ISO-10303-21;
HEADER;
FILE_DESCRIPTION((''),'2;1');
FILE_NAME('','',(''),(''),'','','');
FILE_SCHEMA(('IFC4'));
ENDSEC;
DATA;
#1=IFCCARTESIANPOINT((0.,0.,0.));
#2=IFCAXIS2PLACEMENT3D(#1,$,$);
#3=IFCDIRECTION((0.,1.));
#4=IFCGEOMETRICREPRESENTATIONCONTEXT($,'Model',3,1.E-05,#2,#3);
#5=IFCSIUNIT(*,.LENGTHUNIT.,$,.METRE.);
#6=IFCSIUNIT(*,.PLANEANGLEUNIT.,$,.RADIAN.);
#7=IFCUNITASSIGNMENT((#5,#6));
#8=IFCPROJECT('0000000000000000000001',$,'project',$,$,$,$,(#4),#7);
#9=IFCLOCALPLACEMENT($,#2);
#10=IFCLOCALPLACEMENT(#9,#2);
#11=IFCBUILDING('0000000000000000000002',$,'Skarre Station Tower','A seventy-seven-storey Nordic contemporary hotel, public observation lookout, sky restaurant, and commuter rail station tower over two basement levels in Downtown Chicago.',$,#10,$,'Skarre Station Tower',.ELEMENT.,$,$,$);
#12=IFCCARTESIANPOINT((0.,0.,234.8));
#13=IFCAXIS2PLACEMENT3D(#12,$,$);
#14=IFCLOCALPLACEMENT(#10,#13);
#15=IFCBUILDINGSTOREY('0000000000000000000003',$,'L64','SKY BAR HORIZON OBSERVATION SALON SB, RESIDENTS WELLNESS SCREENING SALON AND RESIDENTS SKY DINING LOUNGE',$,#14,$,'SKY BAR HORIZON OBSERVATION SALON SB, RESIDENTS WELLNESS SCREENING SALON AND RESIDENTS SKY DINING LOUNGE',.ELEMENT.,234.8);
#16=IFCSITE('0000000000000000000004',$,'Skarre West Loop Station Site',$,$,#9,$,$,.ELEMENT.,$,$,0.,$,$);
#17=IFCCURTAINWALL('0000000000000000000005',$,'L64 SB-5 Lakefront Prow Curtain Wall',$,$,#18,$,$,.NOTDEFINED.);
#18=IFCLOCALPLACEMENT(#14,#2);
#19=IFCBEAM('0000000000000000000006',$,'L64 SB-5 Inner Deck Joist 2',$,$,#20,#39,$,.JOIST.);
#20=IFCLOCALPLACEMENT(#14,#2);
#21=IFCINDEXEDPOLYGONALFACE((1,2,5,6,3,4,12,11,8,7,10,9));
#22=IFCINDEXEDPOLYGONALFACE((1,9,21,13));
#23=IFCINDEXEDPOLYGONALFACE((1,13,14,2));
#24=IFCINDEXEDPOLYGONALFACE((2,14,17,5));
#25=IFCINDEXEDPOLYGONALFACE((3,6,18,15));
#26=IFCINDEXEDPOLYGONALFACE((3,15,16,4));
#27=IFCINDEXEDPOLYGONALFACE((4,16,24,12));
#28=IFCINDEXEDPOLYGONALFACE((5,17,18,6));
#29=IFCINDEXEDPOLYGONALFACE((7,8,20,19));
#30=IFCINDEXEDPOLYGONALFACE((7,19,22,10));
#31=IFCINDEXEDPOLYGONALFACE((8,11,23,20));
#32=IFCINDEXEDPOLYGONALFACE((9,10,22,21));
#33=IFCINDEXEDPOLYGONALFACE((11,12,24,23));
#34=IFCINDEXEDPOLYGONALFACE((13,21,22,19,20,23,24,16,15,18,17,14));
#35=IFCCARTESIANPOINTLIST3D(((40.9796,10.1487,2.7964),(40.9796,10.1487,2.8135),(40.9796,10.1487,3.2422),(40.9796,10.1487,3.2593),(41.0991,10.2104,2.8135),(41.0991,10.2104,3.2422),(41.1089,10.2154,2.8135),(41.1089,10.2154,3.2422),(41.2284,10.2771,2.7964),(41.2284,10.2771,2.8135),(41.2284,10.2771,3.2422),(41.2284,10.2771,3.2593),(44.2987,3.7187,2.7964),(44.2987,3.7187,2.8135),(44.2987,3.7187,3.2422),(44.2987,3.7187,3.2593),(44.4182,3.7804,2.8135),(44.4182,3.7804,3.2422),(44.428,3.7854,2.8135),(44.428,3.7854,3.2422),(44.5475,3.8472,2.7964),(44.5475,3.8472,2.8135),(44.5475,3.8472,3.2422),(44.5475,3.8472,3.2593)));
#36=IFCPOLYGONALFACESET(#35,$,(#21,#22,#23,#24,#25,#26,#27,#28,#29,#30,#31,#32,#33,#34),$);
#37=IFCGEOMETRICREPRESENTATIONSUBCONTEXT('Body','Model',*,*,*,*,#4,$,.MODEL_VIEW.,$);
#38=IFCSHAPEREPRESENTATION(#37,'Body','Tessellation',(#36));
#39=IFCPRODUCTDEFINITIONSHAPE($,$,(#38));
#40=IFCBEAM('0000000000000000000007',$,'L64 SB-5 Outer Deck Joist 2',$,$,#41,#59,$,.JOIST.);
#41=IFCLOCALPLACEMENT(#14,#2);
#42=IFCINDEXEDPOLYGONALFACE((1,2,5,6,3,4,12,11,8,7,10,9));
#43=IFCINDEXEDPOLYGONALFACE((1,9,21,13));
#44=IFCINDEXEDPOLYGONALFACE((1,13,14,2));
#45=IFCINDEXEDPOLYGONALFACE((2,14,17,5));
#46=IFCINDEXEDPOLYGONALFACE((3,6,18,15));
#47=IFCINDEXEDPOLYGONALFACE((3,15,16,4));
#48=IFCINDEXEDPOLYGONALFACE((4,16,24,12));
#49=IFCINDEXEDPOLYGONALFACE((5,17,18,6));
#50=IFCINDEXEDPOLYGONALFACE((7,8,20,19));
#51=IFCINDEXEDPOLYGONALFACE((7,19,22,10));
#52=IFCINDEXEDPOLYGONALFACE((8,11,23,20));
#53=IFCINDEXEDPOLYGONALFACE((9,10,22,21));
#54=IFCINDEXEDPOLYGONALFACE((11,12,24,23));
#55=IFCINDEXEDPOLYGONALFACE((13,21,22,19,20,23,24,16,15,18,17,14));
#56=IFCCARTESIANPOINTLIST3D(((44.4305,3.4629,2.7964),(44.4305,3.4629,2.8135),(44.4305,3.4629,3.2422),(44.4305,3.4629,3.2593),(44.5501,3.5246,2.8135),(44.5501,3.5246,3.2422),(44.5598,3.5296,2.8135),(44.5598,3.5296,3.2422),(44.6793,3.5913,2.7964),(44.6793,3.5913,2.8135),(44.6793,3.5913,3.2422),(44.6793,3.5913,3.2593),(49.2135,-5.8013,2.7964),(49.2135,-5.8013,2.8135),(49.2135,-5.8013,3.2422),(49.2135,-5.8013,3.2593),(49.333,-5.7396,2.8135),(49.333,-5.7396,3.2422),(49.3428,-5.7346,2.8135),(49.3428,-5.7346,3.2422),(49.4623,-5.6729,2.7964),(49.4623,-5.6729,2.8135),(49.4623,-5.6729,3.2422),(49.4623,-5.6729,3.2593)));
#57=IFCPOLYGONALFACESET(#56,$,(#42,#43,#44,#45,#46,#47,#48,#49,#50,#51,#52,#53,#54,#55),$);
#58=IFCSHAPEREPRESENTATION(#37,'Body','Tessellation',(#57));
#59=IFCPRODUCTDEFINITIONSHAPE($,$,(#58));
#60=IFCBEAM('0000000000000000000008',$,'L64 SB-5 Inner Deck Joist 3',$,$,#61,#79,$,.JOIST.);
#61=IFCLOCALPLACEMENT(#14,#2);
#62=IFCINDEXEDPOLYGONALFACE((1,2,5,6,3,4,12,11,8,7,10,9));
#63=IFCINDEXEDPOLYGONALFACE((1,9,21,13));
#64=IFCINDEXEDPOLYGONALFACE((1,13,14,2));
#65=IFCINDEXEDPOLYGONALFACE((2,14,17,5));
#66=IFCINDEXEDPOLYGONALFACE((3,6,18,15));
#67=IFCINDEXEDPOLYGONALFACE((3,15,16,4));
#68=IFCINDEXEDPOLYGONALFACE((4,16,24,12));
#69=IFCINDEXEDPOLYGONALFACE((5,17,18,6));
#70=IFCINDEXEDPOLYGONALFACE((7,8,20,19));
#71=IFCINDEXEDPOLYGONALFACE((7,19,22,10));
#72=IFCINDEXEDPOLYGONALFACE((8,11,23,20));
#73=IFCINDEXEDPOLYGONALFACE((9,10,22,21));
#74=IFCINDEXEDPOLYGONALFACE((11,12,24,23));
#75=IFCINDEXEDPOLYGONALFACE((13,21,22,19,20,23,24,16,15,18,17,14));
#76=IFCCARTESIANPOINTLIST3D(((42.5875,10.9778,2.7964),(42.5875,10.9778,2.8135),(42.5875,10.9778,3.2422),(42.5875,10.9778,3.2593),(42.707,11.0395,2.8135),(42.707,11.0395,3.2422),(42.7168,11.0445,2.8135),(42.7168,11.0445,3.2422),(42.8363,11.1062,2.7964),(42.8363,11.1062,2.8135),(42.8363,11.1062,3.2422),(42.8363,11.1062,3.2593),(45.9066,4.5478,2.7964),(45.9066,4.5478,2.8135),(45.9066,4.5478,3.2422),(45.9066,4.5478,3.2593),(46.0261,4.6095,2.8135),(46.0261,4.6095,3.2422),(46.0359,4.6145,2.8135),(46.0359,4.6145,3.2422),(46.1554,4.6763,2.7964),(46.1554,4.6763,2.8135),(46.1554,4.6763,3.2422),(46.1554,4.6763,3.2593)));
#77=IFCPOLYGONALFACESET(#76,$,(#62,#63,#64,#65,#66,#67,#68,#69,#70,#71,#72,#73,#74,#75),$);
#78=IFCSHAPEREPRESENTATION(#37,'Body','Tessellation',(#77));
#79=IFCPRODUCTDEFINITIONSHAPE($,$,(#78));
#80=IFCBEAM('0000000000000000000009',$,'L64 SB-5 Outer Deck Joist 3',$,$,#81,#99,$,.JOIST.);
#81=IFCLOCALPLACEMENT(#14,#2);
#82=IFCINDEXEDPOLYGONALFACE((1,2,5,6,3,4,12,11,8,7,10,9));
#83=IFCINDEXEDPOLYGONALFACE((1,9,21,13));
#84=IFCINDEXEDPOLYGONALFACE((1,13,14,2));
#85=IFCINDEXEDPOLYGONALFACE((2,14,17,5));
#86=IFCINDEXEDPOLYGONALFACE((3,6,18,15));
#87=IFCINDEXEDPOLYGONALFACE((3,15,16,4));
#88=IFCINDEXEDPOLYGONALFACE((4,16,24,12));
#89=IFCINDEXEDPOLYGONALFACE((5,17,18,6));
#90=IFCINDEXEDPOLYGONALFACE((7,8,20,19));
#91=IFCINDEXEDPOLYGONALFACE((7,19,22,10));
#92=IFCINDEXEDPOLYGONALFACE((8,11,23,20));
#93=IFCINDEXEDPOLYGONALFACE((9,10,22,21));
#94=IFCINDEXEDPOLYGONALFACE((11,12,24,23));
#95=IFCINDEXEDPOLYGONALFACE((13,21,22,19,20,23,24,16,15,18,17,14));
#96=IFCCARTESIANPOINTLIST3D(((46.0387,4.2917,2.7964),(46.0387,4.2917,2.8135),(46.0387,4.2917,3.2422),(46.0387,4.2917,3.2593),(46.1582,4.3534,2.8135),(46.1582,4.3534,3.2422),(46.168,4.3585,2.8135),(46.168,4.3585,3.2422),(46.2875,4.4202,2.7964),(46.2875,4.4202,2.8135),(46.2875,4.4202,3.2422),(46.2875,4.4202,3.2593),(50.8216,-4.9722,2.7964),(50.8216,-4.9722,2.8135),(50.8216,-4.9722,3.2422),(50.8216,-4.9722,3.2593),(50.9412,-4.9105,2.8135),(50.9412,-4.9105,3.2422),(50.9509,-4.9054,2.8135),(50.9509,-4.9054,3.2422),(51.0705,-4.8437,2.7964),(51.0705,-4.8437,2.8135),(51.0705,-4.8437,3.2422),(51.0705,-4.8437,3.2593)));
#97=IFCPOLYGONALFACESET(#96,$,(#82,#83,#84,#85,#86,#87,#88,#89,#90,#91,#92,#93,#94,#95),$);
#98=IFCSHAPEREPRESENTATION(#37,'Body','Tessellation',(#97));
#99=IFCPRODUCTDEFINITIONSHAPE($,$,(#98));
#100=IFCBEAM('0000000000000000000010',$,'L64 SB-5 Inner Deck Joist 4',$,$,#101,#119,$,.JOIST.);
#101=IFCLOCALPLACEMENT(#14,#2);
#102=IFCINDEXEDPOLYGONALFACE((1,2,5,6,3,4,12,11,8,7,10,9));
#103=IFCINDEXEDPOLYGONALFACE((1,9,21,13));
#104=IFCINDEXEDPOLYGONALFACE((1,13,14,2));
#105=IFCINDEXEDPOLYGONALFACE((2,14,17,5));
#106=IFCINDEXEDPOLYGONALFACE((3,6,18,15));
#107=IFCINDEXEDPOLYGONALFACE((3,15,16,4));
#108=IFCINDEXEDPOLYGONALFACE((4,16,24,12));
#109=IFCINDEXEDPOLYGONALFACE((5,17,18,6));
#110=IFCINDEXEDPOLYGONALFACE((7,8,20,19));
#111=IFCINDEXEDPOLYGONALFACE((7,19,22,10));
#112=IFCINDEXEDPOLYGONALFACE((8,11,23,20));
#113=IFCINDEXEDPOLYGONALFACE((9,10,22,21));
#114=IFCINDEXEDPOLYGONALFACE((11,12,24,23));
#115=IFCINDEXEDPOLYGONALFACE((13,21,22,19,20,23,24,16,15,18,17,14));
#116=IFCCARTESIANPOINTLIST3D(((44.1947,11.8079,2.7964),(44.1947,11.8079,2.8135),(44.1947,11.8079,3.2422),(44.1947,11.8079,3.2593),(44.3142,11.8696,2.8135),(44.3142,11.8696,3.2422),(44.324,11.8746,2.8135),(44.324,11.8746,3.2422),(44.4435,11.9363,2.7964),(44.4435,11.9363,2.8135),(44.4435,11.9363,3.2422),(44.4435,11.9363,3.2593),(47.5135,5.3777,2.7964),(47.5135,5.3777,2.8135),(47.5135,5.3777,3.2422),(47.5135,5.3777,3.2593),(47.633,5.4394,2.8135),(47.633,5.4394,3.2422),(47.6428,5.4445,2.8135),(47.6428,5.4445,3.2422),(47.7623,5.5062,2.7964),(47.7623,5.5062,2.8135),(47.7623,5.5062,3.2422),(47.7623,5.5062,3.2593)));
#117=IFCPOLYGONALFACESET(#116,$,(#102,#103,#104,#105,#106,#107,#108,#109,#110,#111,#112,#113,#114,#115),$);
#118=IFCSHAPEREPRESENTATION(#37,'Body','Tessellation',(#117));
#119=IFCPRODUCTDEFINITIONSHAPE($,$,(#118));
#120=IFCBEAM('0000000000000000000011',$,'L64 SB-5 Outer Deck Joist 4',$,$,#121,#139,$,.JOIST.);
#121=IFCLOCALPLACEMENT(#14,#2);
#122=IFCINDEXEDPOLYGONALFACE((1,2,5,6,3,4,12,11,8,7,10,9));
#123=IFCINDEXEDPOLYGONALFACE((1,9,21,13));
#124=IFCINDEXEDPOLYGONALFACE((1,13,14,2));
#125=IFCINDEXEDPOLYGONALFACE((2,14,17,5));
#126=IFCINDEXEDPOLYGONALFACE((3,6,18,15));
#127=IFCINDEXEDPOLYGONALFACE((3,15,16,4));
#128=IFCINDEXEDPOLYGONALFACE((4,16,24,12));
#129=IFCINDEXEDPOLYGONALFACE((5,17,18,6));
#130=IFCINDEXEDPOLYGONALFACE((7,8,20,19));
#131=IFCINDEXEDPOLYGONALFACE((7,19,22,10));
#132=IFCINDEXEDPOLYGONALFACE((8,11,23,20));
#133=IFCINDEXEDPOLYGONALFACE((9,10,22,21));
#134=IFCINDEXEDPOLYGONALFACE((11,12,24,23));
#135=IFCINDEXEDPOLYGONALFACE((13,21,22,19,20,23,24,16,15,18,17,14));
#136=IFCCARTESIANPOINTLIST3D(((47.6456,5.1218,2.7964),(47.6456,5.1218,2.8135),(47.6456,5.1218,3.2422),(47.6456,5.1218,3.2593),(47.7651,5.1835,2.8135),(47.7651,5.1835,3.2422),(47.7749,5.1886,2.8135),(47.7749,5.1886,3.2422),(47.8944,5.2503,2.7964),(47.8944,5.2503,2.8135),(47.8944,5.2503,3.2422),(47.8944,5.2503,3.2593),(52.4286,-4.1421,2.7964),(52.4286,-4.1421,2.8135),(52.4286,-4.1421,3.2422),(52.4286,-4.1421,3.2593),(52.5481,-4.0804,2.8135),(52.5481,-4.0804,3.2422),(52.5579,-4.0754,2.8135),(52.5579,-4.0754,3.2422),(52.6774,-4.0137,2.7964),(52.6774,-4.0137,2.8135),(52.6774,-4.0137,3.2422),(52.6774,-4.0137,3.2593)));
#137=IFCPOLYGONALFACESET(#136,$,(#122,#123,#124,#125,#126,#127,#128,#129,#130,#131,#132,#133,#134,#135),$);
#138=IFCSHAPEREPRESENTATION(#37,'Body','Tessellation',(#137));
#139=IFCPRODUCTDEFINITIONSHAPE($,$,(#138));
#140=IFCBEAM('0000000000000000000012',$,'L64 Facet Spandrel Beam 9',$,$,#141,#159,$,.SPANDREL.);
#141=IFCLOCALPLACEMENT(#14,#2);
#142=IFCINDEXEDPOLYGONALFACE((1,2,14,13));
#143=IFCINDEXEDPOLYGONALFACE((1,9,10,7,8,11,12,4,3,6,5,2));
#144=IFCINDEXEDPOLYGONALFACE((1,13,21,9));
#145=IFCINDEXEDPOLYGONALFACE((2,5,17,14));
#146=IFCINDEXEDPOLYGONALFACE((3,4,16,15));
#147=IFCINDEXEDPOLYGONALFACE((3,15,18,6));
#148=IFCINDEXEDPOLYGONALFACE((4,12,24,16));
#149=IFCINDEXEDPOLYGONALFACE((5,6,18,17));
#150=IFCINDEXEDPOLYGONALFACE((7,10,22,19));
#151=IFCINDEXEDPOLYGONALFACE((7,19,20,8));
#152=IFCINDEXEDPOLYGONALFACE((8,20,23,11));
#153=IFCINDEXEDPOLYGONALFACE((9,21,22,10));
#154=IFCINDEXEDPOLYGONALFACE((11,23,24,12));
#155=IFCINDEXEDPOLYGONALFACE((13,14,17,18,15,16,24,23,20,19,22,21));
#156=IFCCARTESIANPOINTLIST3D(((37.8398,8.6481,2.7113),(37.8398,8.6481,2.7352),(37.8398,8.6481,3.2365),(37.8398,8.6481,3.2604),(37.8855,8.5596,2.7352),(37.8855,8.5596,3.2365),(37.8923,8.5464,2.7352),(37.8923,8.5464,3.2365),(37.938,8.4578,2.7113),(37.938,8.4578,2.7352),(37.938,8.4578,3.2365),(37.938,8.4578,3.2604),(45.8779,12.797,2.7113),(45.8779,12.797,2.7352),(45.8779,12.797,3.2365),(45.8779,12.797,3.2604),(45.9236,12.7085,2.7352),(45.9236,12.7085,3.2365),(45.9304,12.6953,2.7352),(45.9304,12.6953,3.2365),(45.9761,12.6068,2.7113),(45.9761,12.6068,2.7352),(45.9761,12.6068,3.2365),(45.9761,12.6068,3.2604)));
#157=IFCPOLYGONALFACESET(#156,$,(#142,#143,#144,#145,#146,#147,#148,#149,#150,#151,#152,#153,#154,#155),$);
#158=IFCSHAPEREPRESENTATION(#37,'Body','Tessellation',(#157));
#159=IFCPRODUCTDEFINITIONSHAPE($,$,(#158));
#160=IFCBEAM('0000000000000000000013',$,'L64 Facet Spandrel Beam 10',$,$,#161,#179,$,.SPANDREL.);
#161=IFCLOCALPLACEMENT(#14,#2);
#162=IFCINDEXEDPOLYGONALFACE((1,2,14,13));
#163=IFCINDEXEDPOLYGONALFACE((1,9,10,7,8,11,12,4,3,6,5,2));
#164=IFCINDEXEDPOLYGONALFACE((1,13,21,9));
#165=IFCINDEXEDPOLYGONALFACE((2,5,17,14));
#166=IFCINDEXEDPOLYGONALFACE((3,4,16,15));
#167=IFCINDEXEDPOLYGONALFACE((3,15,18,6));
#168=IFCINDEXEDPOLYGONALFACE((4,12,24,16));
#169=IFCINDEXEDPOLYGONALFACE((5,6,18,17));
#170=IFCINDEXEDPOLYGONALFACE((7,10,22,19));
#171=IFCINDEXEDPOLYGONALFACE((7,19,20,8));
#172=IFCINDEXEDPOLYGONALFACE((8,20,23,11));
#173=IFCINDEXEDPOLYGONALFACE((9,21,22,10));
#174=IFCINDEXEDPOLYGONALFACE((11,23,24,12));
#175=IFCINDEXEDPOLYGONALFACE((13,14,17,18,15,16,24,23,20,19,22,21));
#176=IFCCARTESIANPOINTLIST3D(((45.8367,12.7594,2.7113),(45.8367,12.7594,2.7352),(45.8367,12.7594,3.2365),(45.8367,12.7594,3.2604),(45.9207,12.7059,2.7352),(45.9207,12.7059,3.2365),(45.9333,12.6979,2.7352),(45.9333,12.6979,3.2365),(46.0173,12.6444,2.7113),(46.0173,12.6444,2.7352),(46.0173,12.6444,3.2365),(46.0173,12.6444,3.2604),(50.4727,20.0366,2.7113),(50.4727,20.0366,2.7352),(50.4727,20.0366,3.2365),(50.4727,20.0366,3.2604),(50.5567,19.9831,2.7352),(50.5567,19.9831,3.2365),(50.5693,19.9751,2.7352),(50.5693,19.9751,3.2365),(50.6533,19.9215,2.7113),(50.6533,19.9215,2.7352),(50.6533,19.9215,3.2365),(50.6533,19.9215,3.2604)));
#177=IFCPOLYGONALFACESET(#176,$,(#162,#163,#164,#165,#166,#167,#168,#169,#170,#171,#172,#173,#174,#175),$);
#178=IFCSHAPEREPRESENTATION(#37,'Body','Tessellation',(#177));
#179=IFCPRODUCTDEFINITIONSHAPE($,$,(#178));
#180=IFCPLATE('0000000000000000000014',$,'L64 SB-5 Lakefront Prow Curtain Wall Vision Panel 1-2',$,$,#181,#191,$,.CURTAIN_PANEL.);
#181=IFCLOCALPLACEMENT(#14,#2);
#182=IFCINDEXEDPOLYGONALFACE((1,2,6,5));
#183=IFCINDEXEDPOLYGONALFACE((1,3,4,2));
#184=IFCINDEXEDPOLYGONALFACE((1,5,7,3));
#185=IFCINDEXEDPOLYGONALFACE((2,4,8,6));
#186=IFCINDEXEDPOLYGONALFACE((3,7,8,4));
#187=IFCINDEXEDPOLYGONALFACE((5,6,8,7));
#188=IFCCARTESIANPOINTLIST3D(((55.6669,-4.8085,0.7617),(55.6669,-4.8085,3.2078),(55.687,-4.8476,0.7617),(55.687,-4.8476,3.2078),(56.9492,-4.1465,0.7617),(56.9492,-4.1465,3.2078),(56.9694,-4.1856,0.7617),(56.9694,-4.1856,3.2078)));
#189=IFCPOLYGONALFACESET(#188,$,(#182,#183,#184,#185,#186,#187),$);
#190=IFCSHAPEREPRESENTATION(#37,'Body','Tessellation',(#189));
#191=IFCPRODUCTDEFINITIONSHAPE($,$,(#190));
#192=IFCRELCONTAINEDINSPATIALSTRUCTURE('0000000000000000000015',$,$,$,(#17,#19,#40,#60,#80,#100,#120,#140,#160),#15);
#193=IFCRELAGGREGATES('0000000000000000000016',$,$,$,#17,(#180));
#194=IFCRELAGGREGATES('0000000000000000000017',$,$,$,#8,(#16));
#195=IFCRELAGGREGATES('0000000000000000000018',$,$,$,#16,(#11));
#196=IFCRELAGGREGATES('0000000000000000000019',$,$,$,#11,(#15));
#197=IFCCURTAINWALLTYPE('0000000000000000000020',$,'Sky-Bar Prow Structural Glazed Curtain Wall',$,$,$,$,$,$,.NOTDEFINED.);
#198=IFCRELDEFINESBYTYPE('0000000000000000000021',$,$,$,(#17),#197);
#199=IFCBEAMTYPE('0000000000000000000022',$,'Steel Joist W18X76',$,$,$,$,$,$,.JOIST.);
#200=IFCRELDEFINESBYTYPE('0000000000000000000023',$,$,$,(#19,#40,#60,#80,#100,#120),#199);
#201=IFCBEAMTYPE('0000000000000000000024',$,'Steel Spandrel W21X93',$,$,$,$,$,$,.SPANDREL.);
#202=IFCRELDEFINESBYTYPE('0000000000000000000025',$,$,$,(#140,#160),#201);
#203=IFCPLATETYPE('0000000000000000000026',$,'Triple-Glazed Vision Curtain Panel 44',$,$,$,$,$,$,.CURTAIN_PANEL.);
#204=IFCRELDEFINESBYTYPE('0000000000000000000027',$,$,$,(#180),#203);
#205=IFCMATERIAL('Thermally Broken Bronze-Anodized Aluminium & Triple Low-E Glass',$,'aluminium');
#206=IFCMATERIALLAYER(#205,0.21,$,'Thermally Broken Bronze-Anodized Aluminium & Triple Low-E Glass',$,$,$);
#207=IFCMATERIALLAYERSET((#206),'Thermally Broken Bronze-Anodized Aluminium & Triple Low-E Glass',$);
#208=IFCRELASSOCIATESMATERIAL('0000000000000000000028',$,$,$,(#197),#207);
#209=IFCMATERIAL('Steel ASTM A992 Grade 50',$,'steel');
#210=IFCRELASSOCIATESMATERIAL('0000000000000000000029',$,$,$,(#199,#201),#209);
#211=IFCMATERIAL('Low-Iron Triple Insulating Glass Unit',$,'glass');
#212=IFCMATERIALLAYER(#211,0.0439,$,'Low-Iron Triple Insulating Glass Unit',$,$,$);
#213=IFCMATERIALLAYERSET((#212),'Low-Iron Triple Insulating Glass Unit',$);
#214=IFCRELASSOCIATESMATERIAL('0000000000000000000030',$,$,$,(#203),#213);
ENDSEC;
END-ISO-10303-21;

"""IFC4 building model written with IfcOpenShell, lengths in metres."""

from ifc_helpers import new_model, si_unit, direction, frame, origin, origin_2d, place, context, subcontext, project, spatial, rectangle, i_section, extrude, material, layer, layer_set, material_profile, profile_set, type_object, element, aggregate, save


model = new_model("IFC4")

# Units and contexts
model_context = context("Model", 3, precision=1e-05, world=origin(), true_north=direction((0.0, 1.0)))
body_context = subcontext(model_context, "Body", "Model", "MODEL_VIEW")
ifc_project = project(units=[si_unit("LENGTHUNIT", "METRE"), si_unit("PLANEANGLEUNIT", "RADIAN")], contexts=[model_context])

# Site, building, storey
site_placement = place(None, origin())
site = spatial("IfcSite", under=ifc_project, at=site_placement, Name="Skarre West Loop Station Site", CompositionType="ELEMENT", RefElevation=0.0)
building_placement = place(site_placement, origin())
building = spatial("IfcBuilding", under=site, at=building_placement, Name="Skarre Station Tower", Description="A seventy-seven-storey Nordic contemporary hotel, public observation lookout, sky restaurant, and commuter rail station tower over two basement levels in Downtown Chicago.", LongName="Skarre Station Tower", CompositionType="ELEMENT")
storey_placement = place(building_placement, frame((0.0, 0.0, 234.8)))
storey = spatial("IfcBuildingStorey", under=building, at=storey_placement, Name="L64", Description="SKY BAR HORIZON OBSERVATION SALON SB, RESIDENTS WELLNESS SCREENING SALON AND RESIDENTS SKY DINING LOUNGE", LongName="SKY BAR HORIZON OBSERVATION SALON SB, RESIDENTS WELLNESS SCREENING SALON AND RESIDENTS SKY DINING LOUNGE", CompositionType="ELEMENT", Elevation=234.8)

# Curtain wall
ifc_material_1 = material(Name="Thermally Broken Bronze-Anodized Aluminium & Triple Low-E Glass", Category="aluminium")
ifc_layer_1 = layer(ifc_material_1, 0.21, Name="Thermally Broken Bronze-Anodized Aluminium & Triple Low-E Glass")
ifc_layer_set_1 = layer_set([ifc_layer_1], Name="Thermally Broken Bronze-Anodized Aluminium & Triple Low-E Glass")
curtain_wall_type = type_object("IfcCurtainWallType", Name="Sky-Bar Prow Structural Glazed Curtain Wall", PredefinedType="NOTDEFINED", material=ifc_layer_set_1)
curtain_wall_placement = place(storey_placement, origin())
curtain_wall = element("IfcCurtainWall", 1, at=curtain_wall_placement, inside=storey, type_object=curtain_wall_type, Name="L64 SB-5 Lakefront Prow Curtain Wall", PredefinedType="NOTDEFINED")

# Beams
ifc_material_2 = material(Name="Steel ASTM A992 Grade 50", Category="steel")
ifc_material_profile_1 = material_profile(ifc_material_2, i_section(OverallWidth=0.28, OverallDepth=0.4629, WebThickness=0.011, FlangeThickness=0.0171, at=origin_2d()), Name="Steel ASTM A992 Grade 50")
ifc_profile_set_1 = profile_set([ifc_material_profile_1], Name="Steel ASTM A992 Grade 50")
beam_type_1 = type_object("IfcBeamType", Name="Steel Joist W18X76", PredefinedType="JOIST", material=ifc_profile_set_1)
beam_1_placement = place(storey_placement, frame((41.104, 10.2129, 3.0278), z_axis=(0.458688, -0.888597, 0.0), x_axis=(0.888597, 0.458688, 0.0)))
element("IfcBeam", 2, at=beam_1_placement, inside=storey, type_object=beam_type_1, Name="L64 SB-5 Inner Deck Joist 2", PredefinedType="JOIST", context=body_context, shape_type="SweptSolid", body=[
    extrude(i_section(OverallWidth=0.28, OverallDepth=0.4629, WebThickness=0.011, FlangeThickness=0.0171, at=origin_2d()), origin(), (0.0, 0.0, 1.0), 7.2361),
])
beam_2_placement = place(storey_placement, frame((44.5549, 3.5271, 3.0278), z_axis=(0.458753, -0.888564, 0.0), x_axis=(0.888564, 0.458753, 0.0)))
element("IfcBeam", 3, at=beam_2_placement, inside=storey, type_object=beam_type_1, Name="L64 SB-5 Outer Deck Joist 2", PredefinedType="JOIST", context=body_context, shape_type="SweptSolid", body=[
    extrude(i_section(OverallWidth=0.28, OverallDepth=0.4629, WebThickness=0.011, FlangeThickness=0.0171, at=origin_2d()), origin(), (0.0, 0.0, 1.0), 10.426),
])
beam_3_placement = place(storey_placement, frame((42.7119, 11.042, 3.0278), z_axis=(0.458688, -0.888597, 0.0), x_axis=(0.888597, 0.458688, 0.0)))
element("IfcBeam", 4, at=beam_3_placement, inside=storey, type_object=beam_type_1, Name="L64 SB-5 Inner Deck Joist 3", PredefinedType="JOIST", context=body_context, shape_type="SweptSolid", body=[
    extrude(i_section(OverallWidth=0.28, OverallDepth=0.4629, WebThickness=0.011, FlangeThickness=0.0171, at=origin_2d()), origin(), (0.0, 0.0, 1.0), 7.2361),
])
beam_4_placement = place(storey_placement, frame((46.1631, 4.356, 3.0278), z_axis=(0.458763, -0.888559, 0.0), x_axis=(0.888559, 0.458763, 0.0)))
element("IfcBeam", 5, at=beam_4_placement, inside=storey, type_object=beam_type_1, Name="L64 SB-5 Outer Deck Joist 3", PredefinedType="JOIST", context=body_context, shape_type="SweptSolid", body=[
    extrude(i_section(OverallWidth=0.28, OverallDepth=0.4629, WebThickness=0.011, FlangeThickness=0.0171, at=origin_2d()), origin(), (0.0, 0.0, 1.0), 10.4258),
])
beam_5_placement = place(storey_placement, frame((44.3191, 11.8721, 3.0278), z_axis=(0.458648, -0.888618, 0.0), x_axis=(0.888618, 0.458648, 0.0)))
element("IfcBeam", 6, at=beam_5_placement, inside=storey, type_object=beam_type_1, Name="L64 SB-5 Inner Deck Joist 4", PredefinedType="JOIST", context=body_context, shape_type="SweptSolid", body=[
    extrude(i_section(OverallWidth=0.28, OverallDepth=0.4629, WebThickness=0.011, FlangeThickness=0.0171, at=origin_2d()), origin(), (0.0, 0.0, 1.0), 7.2361),
])
beam_6_placement = place(storey_placement, frame((47.77, 5.186, 3.0278), z_axis=(0.458763, -0.888559, 0.0), x_axis=(0.888559, 0.458763, 0.0)))
element("IfcBeam", 7, at=beam_6_placement, inside=storey, type_object=beam_type_1, Name="L64 SB-5 Outer Deck Joist 4", PredefinedType="JOIST", context=body_context, shape_type="SweptSolid", body=[
    extrude(i_section(OverallWidth=0.28, OverallDepth=0.4629, WebThickness=0.011, FlangeThickness=0.0171, at=origin_2d()), origin(), (0.0, 0.0, 1.0), 10.4258),
])
ifc_material_profile_2 = material_profile(ifc_material_2, i_section(OverallWidth=0.2141, OverallDepth=0.5491, WebThickness=0.0149, FlangeThickness=0.0239, at=origin_2d()), Name="Steel ASTM A992 Grade 50")
ifc_profile_set_2 = profile_set([ifc_material_profile_2], Name="Steel ASTM A992 Grade 50")
beam_type_2 = type_object("IfcBeamType", Name="Steel Spandrel W21X93", PredefinedType="SPANDREL", material=ifc_profile_set_2)
beam_7_placement = place(storey_placement, frame((37.8889, 8.553, 2.9858), z_axis=(0.88861, 0.458664, 0.0), x_axis=(-0.458664, 0.88861, 0.0)))
element("IfcBeam", 8, at=beam_7_placement, inside=storey, type_object=beam_type_2, Name="L64 Facet Spandrel Beam 9", PredefinedType="SPANDREL", context=body_context, shape_type="SweptSolid", body=[
    extrude(i_section(OverallWidth=0.2141, OverallDepth=0.5491, WebThickness=0.0149, FlangeThickness=0.0239, at=origin_2d()), origin(), (0.0, 0.0, 1.0), 9.0457),
])
beam_8_placement = place(storey_placement, frame((45.927, 12.7019, 2.9858), z_axis=(0.537297, 0.843393, 0.0), x_axis=(-0.843393, 0.537297, 0.0)))
element("IfcBeam", 9, at=beam_8_placement, inside=storey, type_object=beam_type_2, Name="L64 Facet Spandrel Beam 10", PredefinedType="SPANDREL", context=body_context, shape_type="SweptSolid", body=[
    extrude(i_section(OverallWidth=0.2141, OverallDepth=0.5491, WebThickness=0.0149, FlangeThickness=0.0239, at=origin_2d()), origin(), (0.0, 0.0, 1.0), 8.6284),
])

# Plate
ifc_material_3 = material(Name="Low-Iron Triple Insulating Glass Unit", Category="glass")
ifc_layer_2 = layer(ifc_material_3, 0.0439, Name="Low-Iron Triple Insulating Glass Unit")
ifc_layer_set_2 = layer_set([ifc_layer_2], Name="Low-Iron Triple Insulating Glass Unit")
plate_type = type_object("IfcPlateType", Name="Triple-Glazed Vision Curtain Panel 44", PredefinedType="CURTAIN_PANEL", material=ifc_layer_set_2)
plate_placement = place(storey_placement, frame((56.3181, -4.4971, 0.7617), z_axis=(0.0, 0.0, 1.0), x_axis=(-0.888577, -0.458727, 0.0)))
plate = element("IfcPlate", 10, at=plate_placement, type_object=plate_type, Name="L64 SB-5 Lakefront Prow Curtain Wall Vision Panel 1-2", PredefinedType="CURTAIN_PANEL", context=body_context, shape_type="SweptSolid", body=[
    extrude(rectangle(XDim=1.4431, YDim=0.0439, at=origin_2d()), origin(), (0.0, 0.0, 1.0), 2.446),
])
aggregate(curtain_wall, [plate])

save(model, "model.ifc")
